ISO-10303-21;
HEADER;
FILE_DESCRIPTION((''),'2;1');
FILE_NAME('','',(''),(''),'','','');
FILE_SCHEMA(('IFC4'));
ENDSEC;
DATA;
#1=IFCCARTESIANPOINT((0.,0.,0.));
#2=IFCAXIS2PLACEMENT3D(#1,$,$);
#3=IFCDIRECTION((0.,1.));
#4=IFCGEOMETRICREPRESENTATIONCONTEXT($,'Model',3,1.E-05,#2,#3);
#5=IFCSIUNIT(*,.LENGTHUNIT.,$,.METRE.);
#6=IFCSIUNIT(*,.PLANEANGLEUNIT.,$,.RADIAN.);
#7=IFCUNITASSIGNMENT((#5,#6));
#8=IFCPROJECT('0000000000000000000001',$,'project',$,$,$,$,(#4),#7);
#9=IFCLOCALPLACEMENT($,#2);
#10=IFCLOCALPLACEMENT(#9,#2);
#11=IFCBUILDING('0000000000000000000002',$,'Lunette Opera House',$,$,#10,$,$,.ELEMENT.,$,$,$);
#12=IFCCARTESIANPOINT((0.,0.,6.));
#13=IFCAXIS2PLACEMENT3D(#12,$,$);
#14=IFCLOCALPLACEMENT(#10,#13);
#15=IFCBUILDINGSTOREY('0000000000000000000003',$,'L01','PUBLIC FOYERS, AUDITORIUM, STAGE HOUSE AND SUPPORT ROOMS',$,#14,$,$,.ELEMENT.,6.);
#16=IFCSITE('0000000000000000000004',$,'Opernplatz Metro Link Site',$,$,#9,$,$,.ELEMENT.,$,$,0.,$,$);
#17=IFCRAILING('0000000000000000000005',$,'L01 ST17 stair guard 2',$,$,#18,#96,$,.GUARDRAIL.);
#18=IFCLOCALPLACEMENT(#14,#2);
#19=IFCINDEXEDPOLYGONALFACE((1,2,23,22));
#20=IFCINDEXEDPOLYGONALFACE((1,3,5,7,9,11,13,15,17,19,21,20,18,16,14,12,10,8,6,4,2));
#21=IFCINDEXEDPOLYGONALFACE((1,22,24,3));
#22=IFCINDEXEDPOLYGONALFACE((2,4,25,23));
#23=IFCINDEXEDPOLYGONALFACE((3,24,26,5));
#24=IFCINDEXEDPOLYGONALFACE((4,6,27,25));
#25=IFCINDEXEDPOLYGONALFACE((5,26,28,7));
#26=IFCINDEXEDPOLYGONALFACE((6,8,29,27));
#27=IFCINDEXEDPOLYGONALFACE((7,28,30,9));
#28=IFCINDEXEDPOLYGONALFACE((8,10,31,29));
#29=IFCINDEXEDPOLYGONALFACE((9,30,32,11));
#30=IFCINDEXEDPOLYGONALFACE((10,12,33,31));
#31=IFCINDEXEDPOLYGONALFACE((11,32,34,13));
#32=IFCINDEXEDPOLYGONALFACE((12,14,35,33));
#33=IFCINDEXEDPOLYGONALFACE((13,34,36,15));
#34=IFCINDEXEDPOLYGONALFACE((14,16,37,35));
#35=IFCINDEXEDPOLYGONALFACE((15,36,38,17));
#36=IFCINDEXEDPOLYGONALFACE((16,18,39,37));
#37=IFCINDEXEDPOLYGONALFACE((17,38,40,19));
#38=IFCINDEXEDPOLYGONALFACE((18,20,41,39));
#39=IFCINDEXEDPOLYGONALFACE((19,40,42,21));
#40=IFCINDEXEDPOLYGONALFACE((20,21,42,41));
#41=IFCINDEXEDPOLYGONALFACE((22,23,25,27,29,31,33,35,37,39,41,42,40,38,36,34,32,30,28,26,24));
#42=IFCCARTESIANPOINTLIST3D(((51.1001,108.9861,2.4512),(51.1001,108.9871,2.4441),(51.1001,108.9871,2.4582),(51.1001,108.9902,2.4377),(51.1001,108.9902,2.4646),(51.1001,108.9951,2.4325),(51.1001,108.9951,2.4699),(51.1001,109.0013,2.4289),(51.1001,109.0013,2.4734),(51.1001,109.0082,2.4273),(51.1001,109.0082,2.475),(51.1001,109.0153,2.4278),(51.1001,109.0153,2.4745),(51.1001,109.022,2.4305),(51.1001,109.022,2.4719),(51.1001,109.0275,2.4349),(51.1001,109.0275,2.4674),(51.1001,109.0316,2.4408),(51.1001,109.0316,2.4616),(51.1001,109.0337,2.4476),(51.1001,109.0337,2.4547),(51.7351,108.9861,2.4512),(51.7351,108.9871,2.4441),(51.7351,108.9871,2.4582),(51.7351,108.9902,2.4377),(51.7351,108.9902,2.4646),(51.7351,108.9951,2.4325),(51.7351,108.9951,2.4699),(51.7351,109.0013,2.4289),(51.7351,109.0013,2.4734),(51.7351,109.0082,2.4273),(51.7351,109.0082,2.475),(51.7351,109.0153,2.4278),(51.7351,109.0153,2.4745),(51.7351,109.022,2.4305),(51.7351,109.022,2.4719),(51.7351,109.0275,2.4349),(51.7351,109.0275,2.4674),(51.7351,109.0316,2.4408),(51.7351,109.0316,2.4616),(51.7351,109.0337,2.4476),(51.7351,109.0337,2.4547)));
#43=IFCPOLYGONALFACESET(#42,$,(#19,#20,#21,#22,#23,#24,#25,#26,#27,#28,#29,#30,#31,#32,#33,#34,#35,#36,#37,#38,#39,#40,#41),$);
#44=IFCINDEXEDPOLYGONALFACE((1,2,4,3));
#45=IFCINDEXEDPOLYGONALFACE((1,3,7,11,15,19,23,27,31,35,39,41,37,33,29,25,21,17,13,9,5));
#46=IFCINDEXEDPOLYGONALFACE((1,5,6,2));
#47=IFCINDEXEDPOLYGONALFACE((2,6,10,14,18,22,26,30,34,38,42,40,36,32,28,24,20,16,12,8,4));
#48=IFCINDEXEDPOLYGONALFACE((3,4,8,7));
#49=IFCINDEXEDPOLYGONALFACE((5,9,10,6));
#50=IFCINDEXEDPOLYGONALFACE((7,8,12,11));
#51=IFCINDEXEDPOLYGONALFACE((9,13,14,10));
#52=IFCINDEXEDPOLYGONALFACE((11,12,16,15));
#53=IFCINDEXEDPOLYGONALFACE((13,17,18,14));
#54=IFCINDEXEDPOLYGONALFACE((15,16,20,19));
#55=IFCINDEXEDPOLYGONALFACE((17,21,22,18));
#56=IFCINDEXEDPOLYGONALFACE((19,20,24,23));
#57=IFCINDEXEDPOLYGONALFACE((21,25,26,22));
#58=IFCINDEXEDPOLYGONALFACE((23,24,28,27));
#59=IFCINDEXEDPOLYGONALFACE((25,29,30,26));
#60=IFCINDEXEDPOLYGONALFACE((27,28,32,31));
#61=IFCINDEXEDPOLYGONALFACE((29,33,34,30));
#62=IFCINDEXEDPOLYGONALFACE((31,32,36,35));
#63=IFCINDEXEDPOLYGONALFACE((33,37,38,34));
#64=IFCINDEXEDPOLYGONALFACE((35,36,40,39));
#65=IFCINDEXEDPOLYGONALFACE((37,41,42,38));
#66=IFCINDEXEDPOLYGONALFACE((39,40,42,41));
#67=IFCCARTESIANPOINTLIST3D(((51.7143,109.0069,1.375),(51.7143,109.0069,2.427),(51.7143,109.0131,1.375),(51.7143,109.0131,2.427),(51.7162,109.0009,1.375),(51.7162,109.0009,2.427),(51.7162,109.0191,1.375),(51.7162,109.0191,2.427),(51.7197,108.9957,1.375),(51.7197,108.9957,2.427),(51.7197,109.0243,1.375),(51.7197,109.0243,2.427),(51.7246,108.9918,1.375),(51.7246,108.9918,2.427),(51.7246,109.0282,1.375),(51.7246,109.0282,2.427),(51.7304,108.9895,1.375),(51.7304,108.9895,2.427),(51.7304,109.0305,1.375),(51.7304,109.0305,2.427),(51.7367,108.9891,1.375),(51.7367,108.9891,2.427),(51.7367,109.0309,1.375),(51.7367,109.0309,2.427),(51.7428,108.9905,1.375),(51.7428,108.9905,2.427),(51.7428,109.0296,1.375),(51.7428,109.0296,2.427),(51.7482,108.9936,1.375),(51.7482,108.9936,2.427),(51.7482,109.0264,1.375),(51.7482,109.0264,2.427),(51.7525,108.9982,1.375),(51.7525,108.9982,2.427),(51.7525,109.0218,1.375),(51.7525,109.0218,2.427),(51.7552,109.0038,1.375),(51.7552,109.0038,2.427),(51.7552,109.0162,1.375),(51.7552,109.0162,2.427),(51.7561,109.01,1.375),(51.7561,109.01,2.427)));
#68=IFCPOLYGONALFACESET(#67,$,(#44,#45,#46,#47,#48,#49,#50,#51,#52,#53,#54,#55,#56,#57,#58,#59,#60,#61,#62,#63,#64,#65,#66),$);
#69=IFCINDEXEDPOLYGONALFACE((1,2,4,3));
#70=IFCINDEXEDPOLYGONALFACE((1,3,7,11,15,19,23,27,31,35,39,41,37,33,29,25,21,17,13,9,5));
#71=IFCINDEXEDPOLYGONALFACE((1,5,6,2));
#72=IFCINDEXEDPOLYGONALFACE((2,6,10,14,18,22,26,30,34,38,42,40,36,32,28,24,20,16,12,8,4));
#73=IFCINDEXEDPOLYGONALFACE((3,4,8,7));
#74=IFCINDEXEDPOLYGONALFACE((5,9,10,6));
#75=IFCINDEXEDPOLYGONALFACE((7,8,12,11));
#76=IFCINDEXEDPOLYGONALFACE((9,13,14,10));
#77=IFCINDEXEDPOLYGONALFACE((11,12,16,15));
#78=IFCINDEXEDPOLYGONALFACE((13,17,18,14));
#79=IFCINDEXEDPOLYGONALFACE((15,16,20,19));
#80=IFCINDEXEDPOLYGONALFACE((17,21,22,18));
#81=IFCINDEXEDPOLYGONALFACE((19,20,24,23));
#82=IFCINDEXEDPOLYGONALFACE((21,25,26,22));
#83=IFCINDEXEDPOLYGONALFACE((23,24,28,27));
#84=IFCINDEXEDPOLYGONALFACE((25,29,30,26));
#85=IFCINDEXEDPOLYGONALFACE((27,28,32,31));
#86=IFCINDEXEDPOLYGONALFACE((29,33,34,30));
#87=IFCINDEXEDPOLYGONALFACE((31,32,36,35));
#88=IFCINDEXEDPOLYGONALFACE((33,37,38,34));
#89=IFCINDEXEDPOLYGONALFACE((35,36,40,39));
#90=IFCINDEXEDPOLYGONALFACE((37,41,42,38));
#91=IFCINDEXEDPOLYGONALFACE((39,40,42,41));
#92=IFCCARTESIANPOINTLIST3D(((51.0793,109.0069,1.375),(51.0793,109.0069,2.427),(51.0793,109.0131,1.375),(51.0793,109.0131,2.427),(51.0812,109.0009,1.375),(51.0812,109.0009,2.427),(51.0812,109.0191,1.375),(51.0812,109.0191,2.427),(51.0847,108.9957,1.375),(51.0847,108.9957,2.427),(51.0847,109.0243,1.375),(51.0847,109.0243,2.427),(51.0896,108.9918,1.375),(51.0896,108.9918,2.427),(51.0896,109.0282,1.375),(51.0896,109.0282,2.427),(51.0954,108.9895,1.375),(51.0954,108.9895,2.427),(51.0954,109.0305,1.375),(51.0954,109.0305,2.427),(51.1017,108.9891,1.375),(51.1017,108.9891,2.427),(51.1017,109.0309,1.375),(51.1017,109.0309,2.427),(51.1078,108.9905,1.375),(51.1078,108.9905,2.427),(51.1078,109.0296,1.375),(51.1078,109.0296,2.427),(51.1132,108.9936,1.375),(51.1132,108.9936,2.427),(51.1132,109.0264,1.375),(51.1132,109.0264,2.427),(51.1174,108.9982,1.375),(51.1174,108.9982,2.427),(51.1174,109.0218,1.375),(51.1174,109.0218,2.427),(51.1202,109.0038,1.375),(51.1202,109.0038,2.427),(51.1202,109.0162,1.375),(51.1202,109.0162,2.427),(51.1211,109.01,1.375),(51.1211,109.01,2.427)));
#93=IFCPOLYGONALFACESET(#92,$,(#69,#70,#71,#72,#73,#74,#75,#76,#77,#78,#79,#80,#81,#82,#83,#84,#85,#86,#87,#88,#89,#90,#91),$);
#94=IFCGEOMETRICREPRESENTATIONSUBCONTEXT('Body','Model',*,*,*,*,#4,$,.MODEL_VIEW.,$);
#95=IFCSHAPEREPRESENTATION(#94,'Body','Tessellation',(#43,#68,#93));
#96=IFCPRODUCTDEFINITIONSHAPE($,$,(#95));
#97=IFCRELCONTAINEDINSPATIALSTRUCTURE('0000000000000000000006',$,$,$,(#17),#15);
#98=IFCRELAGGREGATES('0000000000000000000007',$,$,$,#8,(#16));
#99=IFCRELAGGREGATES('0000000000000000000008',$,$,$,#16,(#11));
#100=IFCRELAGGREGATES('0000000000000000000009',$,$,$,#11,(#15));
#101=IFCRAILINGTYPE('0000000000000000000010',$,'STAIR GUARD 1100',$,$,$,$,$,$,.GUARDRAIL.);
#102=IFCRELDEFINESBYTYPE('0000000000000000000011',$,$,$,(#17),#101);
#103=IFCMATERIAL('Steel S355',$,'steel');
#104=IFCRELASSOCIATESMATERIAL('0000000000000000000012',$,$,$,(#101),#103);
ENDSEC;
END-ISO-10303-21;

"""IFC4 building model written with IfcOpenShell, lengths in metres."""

from ifc_helpers import new_model, si_unit, direction, frame, origin, origin_2d, place, context, subcontext, project, spatial, circle, extrude, material, type_object, element, save


model = new_model("IFC4")

# Units and contexts
model_context = context("Model", 3, precision=1e-05, world=origin(), true_north=direction((0.0, 1.0)))
body_context = subcontext(model_context, "Body", "Model", "MODEL_VIEW")
ifc_project = project(units=[si_unit("LENGTHUNIT", "METRE"), si_unit("PLANEANGLEUNIT", "RADIAN")], contexts=[model_context])

# Site, building, storey
site_placement = place(None, origin())
site = spatial("IfcSite", under=ifc_project, at=site_placement, Name="Opernplatz Metro Link Site", CompositionType="ELEMENT", RefElevation=0.0)
building_placement = place(site_placement, origin())
building = spatial("IfcBuilding", under=site, at=building_placement, Name="Lunette Opera House", CompositionType="ELEMENT")
storey_placement = place(building_placement, frame((0.0, 0.0, 6.0)))
storey = spatial("IfcBuildingStorey", under=building, at=storey_placement, Name="L01", Description="PUBLIC FOYERS, AUDITORIUM, STAGE HOUSE AND SUPPORT ROOMS", CompositionType="ELEMENT", Elevation=6.0)

# Railing
ifc_material_1 = material(Name="Steel S355", Category="steel")
railing_type_1 = type_object("IfcRailingType", Name="STAIR GUARD 1100", PredefinedType="GUARDRAIL", material=ifc_material_1)
railing_1_placement = place(storey_placement, frame((51.7351, 109.01, 1.375)))
element("IfcRailing", 1, at=railing_1_placement, inside=storey, type_object=railing_type_1, Name="L01 ST17 stair guard 2", PredefinedType="GUARDRAIL", context=body_context, shape_type="SweptSolid", body=[
    extrude(circle(Radius=0.0239, at=origin_2d()), frame((0.0, 0.0, 1.0762), z_axis=(-1.0, 0.0, 0.0), x_axis=(0.0, -1.0, 0.0)), (0.0, 0.0, 1.0), 0.635),
    extrude(circle(Radius=0.021, at=origin_2d()), origin(), (0.0, 0.0, 1.0), 1.052),
    extrude(circle(Radius=0.021, at=origin_2d()), frame((-0.635, 0.0, 0.0)), (0.0, 0.0, 1.0), 1.052),
])

save(model, "model.ifc")
